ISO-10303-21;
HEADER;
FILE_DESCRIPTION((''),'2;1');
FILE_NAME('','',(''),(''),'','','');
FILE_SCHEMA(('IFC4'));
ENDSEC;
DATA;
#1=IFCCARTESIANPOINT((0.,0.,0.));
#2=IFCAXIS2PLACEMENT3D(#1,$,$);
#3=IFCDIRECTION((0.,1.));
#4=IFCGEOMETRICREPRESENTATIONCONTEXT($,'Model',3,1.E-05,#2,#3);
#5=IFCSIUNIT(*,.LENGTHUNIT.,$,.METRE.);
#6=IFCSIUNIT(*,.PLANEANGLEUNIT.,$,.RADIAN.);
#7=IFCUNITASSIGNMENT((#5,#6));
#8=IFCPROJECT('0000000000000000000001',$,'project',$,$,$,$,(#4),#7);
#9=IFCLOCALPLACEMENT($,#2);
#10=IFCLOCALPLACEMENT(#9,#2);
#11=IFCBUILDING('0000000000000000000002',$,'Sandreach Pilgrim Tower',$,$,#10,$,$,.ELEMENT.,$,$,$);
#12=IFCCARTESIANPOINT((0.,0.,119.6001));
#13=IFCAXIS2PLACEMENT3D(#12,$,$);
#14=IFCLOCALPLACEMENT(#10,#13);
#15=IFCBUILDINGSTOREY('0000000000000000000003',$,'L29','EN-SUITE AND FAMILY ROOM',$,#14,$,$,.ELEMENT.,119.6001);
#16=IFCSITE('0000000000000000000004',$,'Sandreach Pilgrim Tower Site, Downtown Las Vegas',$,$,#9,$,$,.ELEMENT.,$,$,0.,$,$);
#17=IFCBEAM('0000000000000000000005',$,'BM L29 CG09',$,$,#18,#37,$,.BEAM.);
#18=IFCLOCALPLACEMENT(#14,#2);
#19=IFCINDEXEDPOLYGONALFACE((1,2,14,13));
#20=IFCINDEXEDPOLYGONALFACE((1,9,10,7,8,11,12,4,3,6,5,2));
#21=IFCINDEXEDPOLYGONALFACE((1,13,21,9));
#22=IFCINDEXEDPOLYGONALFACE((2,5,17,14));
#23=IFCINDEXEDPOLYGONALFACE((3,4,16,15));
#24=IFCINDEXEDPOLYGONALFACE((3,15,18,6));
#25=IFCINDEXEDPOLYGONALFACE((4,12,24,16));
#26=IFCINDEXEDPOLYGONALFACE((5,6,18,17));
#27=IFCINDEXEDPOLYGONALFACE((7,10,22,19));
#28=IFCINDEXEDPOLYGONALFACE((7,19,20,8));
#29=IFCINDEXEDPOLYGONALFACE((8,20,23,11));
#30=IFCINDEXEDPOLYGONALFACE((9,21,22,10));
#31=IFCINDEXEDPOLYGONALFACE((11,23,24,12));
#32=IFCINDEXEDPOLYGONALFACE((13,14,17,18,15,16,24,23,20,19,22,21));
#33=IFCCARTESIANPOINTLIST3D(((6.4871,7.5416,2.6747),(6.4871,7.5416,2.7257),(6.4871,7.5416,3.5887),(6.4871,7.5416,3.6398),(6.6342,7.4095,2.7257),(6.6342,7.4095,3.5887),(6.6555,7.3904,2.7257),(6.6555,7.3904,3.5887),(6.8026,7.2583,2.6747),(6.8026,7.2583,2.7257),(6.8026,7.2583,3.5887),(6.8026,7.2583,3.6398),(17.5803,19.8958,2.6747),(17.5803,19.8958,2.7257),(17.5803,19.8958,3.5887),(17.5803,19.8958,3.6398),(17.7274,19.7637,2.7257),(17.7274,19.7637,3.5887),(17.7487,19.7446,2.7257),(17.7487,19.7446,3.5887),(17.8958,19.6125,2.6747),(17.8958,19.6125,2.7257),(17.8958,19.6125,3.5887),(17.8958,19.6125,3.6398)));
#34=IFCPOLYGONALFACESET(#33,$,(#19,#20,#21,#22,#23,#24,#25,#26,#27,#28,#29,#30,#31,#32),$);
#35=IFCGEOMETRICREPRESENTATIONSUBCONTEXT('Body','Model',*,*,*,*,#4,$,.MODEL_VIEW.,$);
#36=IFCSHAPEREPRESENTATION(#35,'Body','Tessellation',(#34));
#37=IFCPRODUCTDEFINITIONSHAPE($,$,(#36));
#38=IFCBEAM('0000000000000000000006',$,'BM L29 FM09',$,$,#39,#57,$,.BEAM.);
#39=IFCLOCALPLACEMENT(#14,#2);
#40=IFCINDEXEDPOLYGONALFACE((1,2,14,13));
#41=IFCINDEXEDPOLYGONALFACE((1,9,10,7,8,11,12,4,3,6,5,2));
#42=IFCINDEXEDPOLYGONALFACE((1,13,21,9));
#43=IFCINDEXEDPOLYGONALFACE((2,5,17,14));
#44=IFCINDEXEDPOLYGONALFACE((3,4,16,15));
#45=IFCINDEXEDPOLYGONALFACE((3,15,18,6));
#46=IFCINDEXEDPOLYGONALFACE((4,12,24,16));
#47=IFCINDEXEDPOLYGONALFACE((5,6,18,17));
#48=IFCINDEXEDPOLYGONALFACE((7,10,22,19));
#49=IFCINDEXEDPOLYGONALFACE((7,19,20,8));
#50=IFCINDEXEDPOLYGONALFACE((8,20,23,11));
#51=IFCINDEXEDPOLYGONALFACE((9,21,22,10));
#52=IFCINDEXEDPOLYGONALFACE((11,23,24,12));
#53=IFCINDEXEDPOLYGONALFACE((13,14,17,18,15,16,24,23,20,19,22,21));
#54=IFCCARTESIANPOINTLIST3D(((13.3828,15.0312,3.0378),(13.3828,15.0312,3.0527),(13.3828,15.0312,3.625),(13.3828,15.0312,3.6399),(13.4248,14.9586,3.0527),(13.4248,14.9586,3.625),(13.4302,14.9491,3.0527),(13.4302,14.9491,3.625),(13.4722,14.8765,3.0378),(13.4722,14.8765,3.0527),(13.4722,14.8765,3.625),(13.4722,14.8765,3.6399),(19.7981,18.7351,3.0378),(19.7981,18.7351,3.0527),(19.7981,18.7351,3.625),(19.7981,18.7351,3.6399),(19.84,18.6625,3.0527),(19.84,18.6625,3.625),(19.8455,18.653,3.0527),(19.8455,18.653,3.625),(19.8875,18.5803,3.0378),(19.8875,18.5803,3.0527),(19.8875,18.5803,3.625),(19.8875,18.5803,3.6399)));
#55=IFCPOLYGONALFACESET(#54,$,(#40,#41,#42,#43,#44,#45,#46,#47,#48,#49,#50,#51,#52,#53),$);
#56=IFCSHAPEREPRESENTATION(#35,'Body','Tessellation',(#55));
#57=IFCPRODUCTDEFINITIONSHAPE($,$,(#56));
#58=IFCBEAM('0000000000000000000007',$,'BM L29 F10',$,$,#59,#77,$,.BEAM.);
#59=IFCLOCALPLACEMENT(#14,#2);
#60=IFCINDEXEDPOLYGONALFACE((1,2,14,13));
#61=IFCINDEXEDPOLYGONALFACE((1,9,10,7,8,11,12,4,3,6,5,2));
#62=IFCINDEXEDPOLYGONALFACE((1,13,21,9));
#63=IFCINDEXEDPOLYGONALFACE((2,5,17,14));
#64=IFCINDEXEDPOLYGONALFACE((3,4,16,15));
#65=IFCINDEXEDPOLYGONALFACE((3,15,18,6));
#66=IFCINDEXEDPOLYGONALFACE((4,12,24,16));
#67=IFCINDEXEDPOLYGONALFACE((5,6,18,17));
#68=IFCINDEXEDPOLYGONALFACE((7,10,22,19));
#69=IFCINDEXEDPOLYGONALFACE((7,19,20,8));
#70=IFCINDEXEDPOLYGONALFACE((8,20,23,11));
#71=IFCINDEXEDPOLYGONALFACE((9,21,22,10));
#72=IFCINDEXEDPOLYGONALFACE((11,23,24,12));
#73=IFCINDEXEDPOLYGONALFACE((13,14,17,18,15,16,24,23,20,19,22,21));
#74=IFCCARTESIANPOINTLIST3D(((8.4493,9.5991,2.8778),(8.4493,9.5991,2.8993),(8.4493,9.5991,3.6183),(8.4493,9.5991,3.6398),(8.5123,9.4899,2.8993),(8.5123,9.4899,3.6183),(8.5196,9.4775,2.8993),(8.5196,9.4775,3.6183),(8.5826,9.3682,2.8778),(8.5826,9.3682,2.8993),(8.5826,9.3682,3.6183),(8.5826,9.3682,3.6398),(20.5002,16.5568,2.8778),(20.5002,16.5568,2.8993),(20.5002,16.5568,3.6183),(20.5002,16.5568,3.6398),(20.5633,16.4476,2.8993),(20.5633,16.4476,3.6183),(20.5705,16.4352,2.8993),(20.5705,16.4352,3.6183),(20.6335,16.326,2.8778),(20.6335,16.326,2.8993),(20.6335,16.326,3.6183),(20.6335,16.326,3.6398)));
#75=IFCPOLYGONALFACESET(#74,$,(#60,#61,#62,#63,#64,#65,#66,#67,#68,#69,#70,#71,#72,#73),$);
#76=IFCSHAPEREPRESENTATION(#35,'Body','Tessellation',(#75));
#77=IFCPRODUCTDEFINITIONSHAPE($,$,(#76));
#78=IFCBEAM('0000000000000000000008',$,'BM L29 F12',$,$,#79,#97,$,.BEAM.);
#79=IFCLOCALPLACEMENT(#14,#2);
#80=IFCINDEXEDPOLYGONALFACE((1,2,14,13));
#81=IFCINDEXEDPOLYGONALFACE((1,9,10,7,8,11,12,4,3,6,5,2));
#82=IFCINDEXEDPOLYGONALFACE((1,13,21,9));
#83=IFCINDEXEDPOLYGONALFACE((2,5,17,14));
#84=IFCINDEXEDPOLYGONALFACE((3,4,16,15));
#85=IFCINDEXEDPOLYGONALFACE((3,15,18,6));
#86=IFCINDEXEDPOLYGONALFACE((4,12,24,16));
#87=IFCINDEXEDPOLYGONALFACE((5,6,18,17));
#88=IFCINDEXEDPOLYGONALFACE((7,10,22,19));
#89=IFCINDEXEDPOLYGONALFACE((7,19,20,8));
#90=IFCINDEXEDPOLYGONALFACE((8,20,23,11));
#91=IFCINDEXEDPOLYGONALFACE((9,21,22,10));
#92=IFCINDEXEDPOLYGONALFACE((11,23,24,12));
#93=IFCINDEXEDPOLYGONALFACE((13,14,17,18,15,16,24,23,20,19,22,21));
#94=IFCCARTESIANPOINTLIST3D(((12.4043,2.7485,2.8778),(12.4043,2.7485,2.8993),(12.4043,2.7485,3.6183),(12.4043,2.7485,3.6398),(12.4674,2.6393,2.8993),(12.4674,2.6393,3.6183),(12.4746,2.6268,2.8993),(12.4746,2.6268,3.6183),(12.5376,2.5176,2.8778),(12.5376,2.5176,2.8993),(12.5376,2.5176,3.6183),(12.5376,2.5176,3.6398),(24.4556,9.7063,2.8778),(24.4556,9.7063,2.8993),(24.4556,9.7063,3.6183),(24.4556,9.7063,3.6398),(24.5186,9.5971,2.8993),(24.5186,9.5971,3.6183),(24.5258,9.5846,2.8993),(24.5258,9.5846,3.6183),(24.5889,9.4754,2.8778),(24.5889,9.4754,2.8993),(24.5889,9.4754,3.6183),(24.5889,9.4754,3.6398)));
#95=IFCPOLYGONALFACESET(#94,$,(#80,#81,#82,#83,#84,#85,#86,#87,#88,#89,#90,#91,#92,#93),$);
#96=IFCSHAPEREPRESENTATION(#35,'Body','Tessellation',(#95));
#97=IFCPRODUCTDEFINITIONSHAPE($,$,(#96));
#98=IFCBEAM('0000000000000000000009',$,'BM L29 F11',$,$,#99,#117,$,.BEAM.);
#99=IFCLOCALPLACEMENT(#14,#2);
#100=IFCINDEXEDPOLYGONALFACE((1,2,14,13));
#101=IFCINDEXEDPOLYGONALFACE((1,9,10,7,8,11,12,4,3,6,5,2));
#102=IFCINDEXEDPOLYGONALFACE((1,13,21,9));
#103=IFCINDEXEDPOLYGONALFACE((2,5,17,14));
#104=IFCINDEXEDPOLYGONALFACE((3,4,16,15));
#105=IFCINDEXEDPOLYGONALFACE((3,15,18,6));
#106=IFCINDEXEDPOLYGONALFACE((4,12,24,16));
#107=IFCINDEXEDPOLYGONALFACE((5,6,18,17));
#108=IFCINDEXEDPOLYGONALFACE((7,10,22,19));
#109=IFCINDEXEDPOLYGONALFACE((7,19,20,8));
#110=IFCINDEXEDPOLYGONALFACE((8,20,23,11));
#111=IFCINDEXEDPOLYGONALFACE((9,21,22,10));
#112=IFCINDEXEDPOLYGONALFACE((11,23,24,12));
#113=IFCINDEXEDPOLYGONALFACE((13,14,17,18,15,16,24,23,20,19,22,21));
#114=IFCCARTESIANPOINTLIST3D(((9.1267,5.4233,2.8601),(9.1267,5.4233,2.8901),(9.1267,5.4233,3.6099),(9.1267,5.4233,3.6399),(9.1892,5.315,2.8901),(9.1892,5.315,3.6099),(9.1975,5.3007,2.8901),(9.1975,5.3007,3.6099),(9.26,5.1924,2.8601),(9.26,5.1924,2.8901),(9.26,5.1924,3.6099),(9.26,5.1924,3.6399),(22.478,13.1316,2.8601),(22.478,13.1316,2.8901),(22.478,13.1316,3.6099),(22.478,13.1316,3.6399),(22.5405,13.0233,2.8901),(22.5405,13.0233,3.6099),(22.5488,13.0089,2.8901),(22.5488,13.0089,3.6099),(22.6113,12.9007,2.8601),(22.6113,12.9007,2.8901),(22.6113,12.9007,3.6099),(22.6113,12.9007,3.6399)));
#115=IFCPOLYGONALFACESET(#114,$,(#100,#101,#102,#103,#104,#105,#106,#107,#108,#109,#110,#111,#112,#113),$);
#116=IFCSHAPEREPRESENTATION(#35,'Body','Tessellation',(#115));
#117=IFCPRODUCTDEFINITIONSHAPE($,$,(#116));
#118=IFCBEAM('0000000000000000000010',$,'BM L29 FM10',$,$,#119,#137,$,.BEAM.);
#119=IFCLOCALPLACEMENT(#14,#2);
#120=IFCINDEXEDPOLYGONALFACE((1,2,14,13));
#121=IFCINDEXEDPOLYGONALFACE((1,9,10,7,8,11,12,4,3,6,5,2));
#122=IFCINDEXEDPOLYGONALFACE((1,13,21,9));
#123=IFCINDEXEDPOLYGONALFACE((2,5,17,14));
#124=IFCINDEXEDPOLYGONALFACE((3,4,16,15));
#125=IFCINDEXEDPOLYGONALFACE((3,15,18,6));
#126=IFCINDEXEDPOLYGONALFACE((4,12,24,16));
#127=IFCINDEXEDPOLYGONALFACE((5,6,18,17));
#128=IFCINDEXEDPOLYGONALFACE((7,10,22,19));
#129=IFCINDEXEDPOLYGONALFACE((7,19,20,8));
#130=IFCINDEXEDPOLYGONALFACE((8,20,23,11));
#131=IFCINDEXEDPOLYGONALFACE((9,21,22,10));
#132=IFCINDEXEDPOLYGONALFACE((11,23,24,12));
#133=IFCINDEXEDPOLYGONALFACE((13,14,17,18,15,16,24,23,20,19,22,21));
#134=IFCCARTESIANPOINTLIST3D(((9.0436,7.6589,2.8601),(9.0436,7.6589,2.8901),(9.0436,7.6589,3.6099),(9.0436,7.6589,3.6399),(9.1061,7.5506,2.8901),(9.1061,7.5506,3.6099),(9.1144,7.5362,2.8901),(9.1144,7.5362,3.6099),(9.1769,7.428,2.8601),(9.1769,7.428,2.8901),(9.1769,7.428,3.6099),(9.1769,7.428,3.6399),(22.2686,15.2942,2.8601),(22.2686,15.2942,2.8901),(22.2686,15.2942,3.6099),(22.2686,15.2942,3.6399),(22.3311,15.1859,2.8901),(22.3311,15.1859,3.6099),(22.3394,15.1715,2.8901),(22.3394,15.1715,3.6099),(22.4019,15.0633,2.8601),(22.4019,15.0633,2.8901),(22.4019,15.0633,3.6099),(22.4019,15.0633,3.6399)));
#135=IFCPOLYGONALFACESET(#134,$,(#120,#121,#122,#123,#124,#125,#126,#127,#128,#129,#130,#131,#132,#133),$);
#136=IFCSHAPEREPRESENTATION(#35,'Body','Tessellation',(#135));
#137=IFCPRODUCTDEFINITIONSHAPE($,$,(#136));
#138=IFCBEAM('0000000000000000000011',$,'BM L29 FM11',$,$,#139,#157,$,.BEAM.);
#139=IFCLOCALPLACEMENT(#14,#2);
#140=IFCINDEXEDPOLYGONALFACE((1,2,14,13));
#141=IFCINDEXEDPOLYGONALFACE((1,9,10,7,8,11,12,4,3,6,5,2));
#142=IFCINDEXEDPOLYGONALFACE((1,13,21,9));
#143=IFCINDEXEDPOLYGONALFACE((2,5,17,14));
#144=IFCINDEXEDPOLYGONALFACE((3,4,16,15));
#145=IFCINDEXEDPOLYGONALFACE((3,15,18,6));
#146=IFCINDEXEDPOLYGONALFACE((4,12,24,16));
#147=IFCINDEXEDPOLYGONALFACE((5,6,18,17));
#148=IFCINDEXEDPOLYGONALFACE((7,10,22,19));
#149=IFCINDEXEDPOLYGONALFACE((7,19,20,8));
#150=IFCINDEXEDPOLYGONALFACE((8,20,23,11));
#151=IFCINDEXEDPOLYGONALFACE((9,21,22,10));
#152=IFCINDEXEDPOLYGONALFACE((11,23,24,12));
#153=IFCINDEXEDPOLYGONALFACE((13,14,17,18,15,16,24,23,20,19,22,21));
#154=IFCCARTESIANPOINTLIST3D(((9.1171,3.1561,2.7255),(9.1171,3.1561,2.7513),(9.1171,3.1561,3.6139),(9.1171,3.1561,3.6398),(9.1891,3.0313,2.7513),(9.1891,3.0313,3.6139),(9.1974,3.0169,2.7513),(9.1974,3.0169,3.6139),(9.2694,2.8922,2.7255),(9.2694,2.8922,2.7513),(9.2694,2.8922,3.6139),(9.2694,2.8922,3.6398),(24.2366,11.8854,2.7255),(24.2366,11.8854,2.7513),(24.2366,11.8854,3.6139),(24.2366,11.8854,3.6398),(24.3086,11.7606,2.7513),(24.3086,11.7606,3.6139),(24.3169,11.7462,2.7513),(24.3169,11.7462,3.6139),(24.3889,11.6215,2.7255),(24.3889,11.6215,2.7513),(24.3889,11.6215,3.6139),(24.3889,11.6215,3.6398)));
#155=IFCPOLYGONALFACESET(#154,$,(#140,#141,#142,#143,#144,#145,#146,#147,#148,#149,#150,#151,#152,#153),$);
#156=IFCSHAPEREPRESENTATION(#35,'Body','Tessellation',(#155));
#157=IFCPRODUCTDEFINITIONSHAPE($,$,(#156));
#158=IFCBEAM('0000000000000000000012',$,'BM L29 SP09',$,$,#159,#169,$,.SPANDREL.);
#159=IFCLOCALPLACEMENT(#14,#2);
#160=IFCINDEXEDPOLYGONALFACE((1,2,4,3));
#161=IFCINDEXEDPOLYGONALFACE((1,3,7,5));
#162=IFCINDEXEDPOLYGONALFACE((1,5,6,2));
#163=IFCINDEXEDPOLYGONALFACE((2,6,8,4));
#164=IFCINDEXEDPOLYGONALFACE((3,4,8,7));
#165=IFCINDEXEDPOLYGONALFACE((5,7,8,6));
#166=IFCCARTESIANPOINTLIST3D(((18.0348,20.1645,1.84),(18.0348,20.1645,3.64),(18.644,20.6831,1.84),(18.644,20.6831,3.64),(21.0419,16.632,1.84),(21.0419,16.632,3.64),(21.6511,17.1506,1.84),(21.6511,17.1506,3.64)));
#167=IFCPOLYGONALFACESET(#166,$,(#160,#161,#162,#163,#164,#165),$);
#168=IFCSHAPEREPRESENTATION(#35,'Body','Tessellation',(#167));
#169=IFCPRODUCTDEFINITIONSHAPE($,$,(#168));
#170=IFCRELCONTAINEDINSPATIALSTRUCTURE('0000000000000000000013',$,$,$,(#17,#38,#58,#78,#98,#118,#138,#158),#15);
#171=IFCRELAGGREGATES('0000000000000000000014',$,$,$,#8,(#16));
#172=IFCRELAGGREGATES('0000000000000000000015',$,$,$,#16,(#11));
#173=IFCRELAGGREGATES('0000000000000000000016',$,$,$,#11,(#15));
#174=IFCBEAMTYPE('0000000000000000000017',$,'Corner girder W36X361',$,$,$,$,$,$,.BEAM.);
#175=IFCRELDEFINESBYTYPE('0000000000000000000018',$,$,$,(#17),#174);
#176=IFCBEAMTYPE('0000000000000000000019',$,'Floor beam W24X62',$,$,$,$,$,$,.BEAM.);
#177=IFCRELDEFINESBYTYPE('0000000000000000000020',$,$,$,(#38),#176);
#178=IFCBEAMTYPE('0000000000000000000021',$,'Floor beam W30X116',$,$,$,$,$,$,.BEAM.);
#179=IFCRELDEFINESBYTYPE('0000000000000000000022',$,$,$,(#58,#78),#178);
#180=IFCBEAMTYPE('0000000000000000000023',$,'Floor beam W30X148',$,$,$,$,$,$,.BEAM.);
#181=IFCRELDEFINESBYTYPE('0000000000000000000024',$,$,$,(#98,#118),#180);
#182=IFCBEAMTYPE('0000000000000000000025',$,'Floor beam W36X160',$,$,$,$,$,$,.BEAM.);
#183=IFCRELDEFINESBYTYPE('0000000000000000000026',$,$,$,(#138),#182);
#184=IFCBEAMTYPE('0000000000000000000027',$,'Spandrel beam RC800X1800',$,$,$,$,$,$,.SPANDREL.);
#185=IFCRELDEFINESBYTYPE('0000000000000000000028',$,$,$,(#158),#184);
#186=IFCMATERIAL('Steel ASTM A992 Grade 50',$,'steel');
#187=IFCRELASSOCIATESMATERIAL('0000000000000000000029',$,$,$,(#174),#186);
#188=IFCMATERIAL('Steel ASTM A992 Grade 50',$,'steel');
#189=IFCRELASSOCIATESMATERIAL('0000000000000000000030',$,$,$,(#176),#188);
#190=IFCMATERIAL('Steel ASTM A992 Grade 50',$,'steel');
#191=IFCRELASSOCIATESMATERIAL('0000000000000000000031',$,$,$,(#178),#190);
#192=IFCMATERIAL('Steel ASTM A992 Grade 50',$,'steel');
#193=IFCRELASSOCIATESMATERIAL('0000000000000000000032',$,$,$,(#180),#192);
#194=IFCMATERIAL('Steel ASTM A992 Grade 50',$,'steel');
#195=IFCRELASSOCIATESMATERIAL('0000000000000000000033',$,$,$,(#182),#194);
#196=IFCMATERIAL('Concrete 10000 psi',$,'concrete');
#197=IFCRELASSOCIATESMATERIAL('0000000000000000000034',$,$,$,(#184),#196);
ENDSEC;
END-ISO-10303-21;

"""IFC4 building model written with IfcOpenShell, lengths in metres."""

from ifc_helpers import new_model, si_unit, direction, frame, origin, origin_2d, place, context, subcontext, project, spatial, rectangle, i_section, extrude, material, material_profile, profile_set, type_object, element, save


model = new_model("IFC4")

# Units and contexts
model_context = context("Model", 3, precision=1e-05, world=origin(), true_north=direction((0.0, 1.0)))
body_context = subcontext(model_context, "Body", "Model", "MODEL_VIEW")
ifc_project = project(units=[si_unit("LENGTHUNIT", "METRE"), si_unit("PLANEANGLEUNIT", "RADIAN")], contexts=[model_context])

# Site, building, storey
site_placement = place(None, origin())
site = spatial("IfcSite", under=ifc_project, at=site_placement, Name="Sandreach Pilgrim Tower Site, Downtown Las Vegas", CompositionType="ELEMENT", RefElevation=0.0)
building_placement = place(site_placement, origin())
building = spatial("IfcBuilding", under=site, at=building_placement, Name="Sandreach Pilgrim Tower", CompositionType="ELEMENT")
storey_placement = place(building_placement, frame((0.0, 0.0, 119.6001)))
storey = spatial("IfcBuildingStorey", under=building, at=storey_placement, Name="L29", Description="EN-SUITE AND FAMILY ROOM", CompositionType="ELEMENT", Elevation=119.6001)

# Beams
ifc_material_1 = material(Name="Steel ASTM A992 Grade 50", Category="steel")
ifc_material_profile_1 = material_profile(ifc_material_1, i_section(OverallWidth=0.4241, OverallDepth=0.9651, WebThickness=0.0286, FlangeThickness=0.051, at=origin_2d()), Name="W36X361")
ifc_profile_set_1 = profile_set([ifc_material_profile_1], Name="Steel ASTM A992 Grade 50")
beam_type_1 = type_object("IfcBeamType", Name="Corner girder W36X361", PredefinedType="BEAM", material=ifc_profile_set_1)
beam_1_placement = place(storey_placement, frame((17.738, 19.7542, 3.1572), z_axis=(-0.668114, -0.744059, 0.0), x_axis=(0.744059, -0.668114, 0.0)))
element("IfcBeam", 1, at=beam_1_placement, inside=storey, type_object=beam_type_1, Name="BM L29 CG09", PredefinedType="BEAM", context=body_context, shape_type="SweptSolid", body=[
    extrude(i_section(OverallWidth=0.4241, OverallDepth=0.9651, WebThickness=0.0286, FlangeThickness=0.051, at=origin_2d()), origin(), (0.0, 0.0, 1.0), 16.6038),
])
ifc_material_2 = material(Name="Steel ASTM A992 Grade 50", Category="steel")
ifc_material_profile_2 = material_profile(ifc_material_2, i_section(OverallWidth=0.1787, OverallDepth=0.6021, WebThickness=0.011, FlangeThickness=0.0149, at=origin_2d()), Name="W24X62")
ifc_profile_set_2 = profile_set([ifc_material_profile_2], Name="Steel ASTM A992 Grade 50")
beam_type_2 = type_object("IfcBeamType", Name="Floor beam W24X62", PredefinedType="BEAM", material=ifc_profile_set_2)
beam_2_placement = place(storey_placement, frame((19.8428, 18.6577, 3.3389), z_axis=(-0.866026, -0.499999, 0.0), x_axis=(0.499999, -0.866026, 0.0)))
element("IfcBeam", 2, at=beam_2_placement, inside=storey, type_object=beam_type_2, Name="BM L29 FM09", PredefinedType="BEAM", context=body_context, shape_type="SweptSolid", body=[
    extrude(i_section(OverallWidth=0.1787, OverallDepth=0.6021, WebThickness=0.011, FlangeThickness=0.0149, at=origin_2d()), origin(), (0.0, 0.0, 1.0), 7.4077),
])
ifc_material_3 = material(Name="Steel ASTM A992 Grade 50", Category="steel")
ifc_material_profile_3 = material_profile(ifc_material_3, i_section(OverallWidth=0.2666, OverallDepth=0.762, WebThickness=0.0144, FlangeThickness=0.0215, at=origin_2d()), Name="W30X116")
ifc_profile_set_3 = profile_set([ifc_material_profile_3], Name="Steel ASTM A992 Grade 50")
beam_type_3 = type_object("IfcBeamType", Name="Floor beam W30X116", PredefinedType="BEAM", material=ifc_profile_set_3)
beam_3_placement = place(storey_placement, frame((20.5669, 16.4414, 3.2588), z_axis=(-0.866022, -0.500005, 0.0), x_axis=(0.500005, -0.866022, 0.0)))
element("IfcBeam", 3, at=beam_3_placement, inside=storey, type_object=beam_type_3, Name="BM L29 F10", PredefinedType="BEAM", context=body_context, shape_type="SweptSolid", body=[
    extrude(i_section(OverallWidth=0.2666, OverallDepth=0.762, WebThickness=0.0144, FlangeThickness=0.0215, at=origin_2d()), origin(), (0.0, 0.0, 1.0), 13.9153),
])
beam_4_placement = place(storey_placement, frame((24.5222, 9.5908, 3.2588), z_axis=(-0.866027, -0.499998, 0.0), x_axis=(0.499998, -0.866027, 0.0)))
element("IfcBeam", 4, at=beam_4_placement, inside=storey, type_object=beam_type_3, Name="BM L29 F12", PredefinedType="BEAM", context=body_context, shape_type="SweptSolid", body=[
    extrude(i_section(OverallWidth=0.2666, OverallDepth=0.762, WebThickness=0.0144, FlangeThickness=0.0215, at=origin_2d()), origin(), (0.0, 0.0, 1.0), 13.9155),
])
ifc_material_4 = material(Name="Steel ASTM A992 Grade 50", Category="steel")
ifc_material_profile_4 = material_profile(ifc_material_4, i_section(OverallWidth=0.2666, OverallDepth=0.7798, WebThickness=0.0166, FlangeThickness=0.03, at=origin_2d()), Name="W30X148")
ifc_profile_set_4 = profile_set([ifc_material_profile_4], Name="Steel ASTM A992 Grade 50")
beam_type_4 = type_object("IfcBeamType", Name="Floor beam W30X148", PredefinedType="BEAM", material=ifc_profile_set_4)
beam_5_placement = place(storey_placement, frame((22.5447, 13.0161, 3.25), z_axis=(-0.866029, -0.499993, 0.0), x_axis=(0.499993, -0.866029, 0.0)))
element("IfcBeam", 5, at=beam_5_placement, inside=storey, type_object=beam_type_4, Name="BM L29 F11", PredefinedType="BEAM", context=body_context, shape_type="SweptSolid", body=[
    extrude(i_section(OverallWidth=0.2666, OverallDepth=0.7798, WebThickness=0.0166, FlangeThickness=0.03, at=origin_2d()), origin(), (0.0, 0.0, 1.0), 15.4167),
])
beam_6_placement = place(storey_placement, frame((22.3352, 15.1787, 3.25), z_axis=(-0.866029, -0.499994, 0.0), x_axis=(0.499994, -0.866029, 0.0)))
element("IfcBeam", 6, at=beam_6_placement, inside=storey, type_object=beam_type_4, Name="BM L29 FM10", PredefinedType="BEAM", context=body_context, shape_type="SweptSolid", body=[
    extrude(i_section(OverallWidth=0.2666, OverallDepth=0.7798, WebThickness=0.0166, FlangeThickness=0.03, at=origin_2d()), origin(), (0.0, 0.0, 1.0), 15.2708),
])
ifc_material_5 = material(Name="Steel ASTM A992 Grade 50", Category="steel")
ifc_material_profile_5 = material_profile(ifc_material_5, i_section(OverallWidth=0.3047, OverallDepth=0.9143, WebThickness=0.0166, FlangeThickness=0.0259, at=origin_2d()), Name="W36X160")
ifc_profile_set_5 = profile_set([ifc_material_profile_5], Name="Steel ASTM A992 Grade 50")
beam_type_5 = type_object("IfcBeamType", Name="Floor beam W36X160", PredefinedType="BEAM", material=ifc_profile_set_5)
beam_7_placement = place(storey_placement, frame((24.3127, 11.7534, 3.1826), z_axis=(-0.866024, -0.500003, 0.0), x_axis=(0.500003, -0.866024, 0.0)))
element("IfcBeam", 7, at=beam_7_placement, inside=storey, type_object=beam_type_5, Name="BM L29 FM11", PredefinedType="BEAM", context=body_context, shape_type="SweptSolid", body=[
    extrude(i_section(OverallWidth=0.3047, OverallDepth=0.9143, WebThickness=0.0166, FlangeThickness=0.0259, at=origin_2d()), origin(), (0.0, 0.0, 1.0), 17.4585),
])
ifc_material_6 = material(Name="Concrete 10000 psi", Category="concrete")
ifc_material_profile_6 = material_profile(ifc_material_6, rectangle(XDim=0.8, YDim=1.8, at=origin_2d()), Name="RC800X1800")
ifc_profile_set_6 = profile_set([ifc_material_profile_6], Name="Concrete 10000 psi")
beam_type_6 = type_object("IfcBeamType", Name="Spandrel beam RC800X1800", PredefinedType="SPANDREL", material=ifc_profile_set_6)
beam_8_placement = place(storey_placement, frame((18.3394, 20.4238, 2.74), z_axis=(0.648209, -0.761463, 0.0), x_axis=(0.761463, 0.648209, 0.0)))
element("IfcBeam", 8, at=beam_8_placement, inside=storey, type_object=beam_type_6, Name="BM L29 SP09", PredefinedType="SPANDREL", context=body_context, shape_type="SweptSolid", body=[
    extrude(rectangle(XDim=0.8, YDim=1.8, at=origin_2d()), origin(), (0.0, 0.0, 1.0), 4.6392),
])

save(model, "model.ifc")
